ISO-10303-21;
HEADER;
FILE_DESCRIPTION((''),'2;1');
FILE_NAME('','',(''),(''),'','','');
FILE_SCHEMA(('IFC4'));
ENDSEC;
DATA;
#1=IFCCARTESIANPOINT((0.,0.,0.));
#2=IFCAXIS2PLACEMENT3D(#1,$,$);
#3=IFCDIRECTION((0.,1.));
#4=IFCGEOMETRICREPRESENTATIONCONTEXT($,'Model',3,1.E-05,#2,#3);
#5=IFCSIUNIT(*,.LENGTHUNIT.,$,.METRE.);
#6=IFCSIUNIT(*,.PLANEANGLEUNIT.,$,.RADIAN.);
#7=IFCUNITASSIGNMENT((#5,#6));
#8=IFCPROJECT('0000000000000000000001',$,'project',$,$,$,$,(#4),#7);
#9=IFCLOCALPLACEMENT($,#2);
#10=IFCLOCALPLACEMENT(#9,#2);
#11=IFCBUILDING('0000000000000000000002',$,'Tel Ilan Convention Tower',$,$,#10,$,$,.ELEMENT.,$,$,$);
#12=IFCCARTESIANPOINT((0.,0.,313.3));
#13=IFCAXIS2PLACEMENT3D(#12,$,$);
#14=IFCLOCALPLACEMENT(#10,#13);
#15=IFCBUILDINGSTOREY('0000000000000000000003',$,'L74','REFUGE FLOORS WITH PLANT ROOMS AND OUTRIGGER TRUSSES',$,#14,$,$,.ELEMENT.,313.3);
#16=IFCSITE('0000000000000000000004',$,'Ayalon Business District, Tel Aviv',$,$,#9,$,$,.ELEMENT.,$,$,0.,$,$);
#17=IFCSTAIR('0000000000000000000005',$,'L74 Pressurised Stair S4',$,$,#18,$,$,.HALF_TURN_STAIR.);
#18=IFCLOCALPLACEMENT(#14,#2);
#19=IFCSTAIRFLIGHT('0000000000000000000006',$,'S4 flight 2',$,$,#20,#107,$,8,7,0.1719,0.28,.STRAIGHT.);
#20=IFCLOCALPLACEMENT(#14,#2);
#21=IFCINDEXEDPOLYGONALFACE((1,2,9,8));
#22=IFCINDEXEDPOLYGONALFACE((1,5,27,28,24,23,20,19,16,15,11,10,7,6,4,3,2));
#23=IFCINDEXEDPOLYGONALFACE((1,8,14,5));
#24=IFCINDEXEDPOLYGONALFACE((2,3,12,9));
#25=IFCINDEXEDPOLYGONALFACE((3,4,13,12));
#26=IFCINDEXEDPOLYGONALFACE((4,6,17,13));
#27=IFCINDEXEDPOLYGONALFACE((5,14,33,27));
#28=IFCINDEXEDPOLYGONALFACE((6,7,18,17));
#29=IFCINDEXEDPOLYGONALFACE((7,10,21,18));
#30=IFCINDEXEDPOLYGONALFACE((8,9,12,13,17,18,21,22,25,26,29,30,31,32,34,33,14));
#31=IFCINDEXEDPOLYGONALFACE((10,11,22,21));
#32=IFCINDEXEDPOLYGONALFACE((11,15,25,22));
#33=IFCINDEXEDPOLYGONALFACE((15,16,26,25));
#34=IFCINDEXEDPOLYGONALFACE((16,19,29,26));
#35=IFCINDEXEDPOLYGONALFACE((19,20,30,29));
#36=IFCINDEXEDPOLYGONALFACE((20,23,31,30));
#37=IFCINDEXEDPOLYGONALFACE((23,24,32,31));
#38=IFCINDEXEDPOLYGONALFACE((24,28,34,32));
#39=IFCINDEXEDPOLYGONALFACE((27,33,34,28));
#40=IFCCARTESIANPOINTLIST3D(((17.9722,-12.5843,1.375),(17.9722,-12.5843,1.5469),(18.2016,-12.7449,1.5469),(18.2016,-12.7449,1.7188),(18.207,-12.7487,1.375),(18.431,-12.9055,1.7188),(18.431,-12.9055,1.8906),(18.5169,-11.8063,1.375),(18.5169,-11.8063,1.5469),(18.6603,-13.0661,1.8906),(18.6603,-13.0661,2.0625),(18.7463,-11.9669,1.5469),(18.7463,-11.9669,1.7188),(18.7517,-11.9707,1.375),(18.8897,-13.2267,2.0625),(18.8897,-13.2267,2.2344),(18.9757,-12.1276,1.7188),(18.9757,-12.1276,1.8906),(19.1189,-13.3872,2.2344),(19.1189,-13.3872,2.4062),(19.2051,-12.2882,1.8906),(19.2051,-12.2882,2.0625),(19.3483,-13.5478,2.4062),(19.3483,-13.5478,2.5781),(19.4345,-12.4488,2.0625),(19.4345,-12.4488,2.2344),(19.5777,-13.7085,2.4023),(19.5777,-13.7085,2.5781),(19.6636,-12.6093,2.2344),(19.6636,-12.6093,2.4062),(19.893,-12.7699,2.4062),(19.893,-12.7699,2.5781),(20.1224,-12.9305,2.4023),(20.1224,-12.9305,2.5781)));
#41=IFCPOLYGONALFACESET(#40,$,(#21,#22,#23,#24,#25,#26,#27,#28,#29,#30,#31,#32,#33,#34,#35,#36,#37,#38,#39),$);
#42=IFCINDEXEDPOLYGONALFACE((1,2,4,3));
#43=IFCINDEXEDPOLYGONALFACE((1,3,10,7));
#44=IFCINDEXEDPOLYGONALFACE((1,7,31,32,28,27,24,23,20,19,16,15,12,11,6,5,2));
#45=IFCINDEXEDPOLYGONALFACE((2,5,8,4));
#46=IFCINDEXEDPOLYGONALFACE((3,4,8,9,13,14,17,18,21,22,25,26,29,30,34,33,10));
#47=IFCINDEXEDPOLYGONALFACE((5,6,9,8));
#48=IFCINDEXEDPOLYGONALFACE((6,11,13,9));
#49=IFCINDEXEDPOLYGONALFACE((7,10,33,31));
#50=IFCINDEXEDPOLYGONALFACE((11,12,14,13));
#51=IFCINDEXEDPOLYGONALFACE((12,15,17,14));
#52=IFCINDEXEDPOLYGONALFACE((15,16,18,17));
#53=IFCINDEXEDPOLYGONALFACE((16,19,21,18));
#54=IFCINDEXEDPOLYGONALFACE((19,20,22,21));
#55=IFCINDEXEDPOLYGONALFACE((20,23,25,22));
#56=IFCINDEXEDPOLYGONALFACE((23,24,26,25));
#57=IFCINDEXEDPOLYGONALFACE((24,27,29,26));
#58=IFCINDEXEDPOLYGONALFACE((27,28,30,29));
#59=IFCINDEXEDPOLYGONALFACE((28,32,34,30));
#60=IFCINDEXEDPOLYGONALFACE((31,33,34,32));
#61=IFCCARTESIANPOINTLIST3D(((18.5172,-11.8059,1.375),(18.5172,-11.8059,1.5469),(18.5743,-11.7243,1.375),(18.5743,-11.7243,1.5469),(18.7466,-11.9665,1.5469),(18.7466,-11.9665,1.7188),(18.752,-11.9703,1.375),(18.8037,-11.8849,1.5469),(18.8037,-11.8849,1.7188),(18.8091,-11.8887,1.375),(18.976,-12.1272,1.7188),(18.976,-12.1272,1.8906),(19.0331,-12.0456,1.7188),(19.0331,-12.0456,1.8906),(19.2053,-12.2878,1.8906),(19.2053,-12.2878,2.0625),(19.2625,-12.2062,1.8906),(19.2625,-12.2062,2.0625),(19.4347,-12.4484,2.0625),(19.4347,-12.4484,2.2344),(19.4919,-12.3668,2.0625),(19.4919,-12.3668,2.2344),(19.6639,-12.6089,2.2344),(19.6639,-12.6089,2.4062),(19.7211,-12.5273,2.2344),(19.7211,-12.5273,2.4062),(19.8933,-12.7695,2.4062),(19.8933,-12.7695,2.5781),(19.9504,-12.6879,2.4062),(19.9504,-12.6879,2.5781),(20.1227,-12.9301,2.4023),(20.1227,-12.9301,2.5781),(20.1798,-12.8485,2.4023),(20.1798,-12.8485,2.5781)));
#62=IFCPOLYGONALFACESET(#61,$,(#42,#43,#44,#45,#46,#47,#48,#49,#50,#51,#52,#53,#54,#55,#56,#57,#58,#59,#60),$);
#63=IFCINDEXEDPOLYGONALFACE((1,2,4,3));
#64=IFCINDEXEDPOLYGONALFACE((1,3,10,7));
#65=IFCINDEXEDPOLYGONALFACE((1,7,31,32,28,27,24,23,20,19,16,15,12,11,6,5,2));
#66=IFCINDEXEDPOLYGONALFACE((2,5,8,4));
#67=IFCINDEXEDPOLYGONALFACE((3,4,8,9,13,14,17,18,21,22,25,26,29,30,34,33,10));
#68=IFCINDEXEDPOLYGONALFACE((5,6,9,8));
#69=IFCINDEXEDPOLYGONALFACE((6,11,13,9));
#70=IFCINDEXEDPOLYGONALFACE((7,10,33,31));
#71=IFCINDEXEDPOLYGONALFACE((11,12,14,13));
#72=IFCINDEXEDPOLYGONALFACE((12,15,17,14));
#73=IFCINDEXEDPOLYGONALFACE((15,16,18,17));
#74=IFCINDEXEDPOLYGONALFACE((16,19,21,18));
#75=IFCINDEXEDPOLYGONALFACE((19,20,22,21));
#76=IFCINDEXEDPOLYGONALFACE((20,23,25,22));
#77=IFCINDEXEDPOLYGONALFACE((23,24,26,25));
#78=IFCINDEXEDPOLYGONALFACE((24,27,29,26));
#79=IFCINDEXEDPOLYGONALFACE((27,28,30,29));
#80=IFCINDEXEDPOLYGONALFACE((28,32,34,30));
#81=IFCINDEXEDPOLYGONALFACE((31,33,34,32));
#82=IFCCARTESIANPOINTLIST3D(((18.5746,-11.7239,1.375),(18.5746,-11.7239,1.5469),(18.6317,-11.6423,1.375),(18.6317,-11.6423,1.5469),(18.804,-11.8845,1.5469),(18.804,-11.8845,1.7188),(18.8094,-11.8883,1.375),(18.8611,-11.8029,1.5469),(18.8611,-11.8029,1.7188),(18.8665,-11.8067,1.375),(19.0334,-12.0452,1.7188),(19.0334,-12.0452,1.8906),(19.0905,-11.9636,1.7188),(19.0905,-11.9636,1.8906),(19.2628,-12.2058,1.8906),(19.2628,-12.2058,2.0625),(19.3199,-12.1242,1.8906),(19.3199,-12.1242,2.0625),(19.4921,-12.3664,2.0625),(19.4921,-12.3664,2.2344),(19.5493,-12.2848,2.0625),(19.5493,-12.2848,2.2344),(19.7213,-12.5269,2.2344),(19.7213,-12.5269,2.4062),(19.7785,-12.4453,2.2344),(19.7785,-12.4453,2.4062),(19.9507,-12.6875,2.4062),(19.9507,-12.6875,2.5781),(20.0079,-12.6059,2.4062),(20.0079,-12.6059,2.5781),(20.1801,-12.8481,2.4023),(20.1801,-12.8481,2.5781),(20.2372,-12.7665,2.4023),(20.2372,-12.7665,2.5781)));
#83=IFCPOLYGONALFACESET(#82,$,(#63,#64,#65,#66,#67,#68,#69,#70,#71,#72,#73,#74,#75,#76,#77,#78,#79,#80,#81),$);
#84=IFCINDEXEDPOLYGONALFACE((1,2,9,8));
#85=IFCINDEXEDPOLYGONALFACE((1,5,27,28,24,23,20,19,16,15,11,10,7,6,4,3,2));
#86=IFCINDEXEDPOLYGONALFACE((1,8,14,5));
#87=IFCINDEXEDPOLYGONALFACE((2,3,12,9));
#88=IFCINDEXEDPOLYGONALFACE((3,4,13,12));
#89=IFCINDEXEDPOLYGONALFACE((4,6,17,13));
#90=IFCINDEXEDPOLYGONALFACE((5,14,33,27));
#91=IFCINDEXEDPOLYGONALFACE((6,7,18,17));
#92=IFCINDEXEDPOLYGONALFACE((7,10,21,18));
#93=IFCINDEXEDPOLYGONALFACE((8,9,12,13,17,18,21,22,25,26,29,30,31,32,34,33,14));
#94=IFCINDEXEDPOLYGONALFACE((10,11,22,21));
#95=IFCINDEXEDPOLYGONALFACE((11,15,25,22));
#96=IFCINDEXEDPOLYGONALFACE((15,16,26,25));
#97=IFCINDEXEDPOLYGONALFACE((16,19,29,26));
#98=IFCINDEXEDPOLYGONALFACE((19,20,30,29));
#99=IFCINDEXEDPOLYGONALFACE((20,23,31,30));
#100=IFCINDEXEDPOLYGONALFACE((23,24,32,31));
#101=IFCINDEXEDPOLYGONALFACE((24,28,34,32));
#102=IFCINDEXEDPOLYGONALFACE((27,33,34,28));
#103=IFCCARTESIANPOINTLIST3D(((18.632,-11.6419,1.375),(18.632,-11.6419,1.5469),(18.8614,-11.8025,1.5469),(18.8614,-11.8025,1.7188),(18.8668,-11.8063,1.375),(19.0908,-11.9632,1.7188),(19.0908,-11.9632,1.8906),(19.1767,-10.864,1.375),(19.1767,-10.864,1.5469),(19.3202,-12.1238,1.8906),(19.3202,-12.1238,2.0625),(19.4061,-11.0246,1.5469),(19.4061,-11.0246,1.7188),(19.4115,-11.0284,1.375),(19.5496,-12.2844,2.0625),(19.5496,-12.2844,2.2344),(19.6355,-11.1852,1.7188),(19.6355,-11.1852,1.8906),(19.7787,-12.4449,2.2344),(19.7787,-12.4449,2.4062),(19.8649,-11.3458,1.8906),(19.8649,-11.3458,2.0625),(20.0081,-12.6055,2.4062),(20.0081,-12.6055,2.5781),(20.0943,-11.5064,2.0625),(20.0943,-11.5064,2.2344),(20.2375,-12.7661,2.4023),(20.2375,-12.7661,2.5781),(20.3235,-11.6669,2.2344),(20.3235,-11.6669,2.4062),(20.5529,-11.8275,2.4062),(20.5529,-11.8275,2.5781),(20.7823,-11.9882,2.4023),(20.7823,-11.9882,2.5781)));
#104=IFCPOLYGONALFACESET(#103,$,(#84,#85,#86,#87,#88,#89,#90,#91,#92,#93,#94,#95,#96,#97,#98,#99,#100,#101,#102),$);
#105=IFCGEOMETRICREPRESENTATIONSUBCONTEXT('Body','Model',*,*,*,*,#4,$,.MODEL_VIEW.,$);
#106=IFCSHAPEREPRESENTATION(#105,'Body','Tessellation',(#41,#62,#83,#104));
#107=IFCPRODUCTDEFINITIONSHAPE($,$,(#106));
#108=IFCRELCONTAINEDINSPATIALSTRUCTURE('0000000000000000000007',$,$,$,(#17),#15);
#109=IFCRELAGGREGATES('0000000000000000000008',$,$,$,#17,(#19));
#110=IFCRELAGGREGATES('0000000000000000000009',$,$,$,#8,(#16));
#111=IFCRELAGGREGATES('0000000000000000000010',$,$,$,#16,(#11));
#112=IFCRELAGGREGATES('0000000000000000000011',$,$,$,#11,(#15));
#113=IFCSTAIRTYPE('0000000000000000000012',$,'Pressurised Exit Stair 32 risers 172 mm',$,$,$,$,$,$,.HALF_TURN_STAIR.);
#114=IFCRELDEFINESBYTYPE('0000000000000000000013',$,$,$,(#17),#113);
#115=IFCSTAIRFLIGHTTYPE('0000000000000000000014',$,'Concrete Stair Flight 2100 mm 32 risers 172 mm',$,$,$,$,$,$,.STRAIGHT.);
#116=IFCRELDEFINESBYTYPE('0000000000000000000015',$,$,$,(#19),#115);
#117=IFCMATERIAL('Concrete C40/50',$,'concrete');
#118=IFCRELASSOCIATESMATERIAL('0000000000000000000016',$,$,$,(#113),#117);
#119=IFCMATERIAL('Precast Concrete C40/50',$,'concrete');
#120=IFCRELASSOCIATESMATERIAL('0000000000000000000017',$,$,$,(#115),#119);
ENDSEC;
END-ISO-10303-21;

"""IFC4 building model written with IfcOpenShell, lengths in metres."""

from ifc_helpers import new_model, si_unit, direction, frame, origin, place, context, subcontext, project, spatial, polyline, outline, extrude, material, type_object, element, aggregate, save


model = new_model("IFC4")

# Units and contexts
model_context = context("Model", 3, precision=1e-05, world=origin(), true_north=direction((0.0, 1.0)))
body_context = subcontext(model_context, "Body", "Model", "MODEL_VIEW")
ifc_project = project(units=[si_unit("LENGTHUNIT", "METRE"), si_unit("PLANEANGLEUNIT", "RADIAN")], contexts=[model_context])

# Site, building, storey
site_placement = place(None, origin())
site = spatial("IfcSite", under=ifc_project, at=site_placement, Name="Ayalon Business District, Tel Aviv", CompositionType="ELEMENT", RefElevation=0.0)
building_placement = place(site_placement, origin())
building = spatial("IfcBuilding", under=site, at=building_placement, Name="Tel Ilan Convention Tower", CompositionType="ELEMENT")
storey_placement = place(building_placement, frame((0.0, 0.0, 313.3)))
storey = spatial("IfcBuildingStorey", under=building, at=storey_placement, Name="L74", Description="REFUGE FLOORS WITH PLANT ROOMS AND OUTRIGGER TRUSSES", CompositionType="ELEMENT", Elevation=313.3)

# Stair, stair flight
ifc_material_1 = material(Name="Concrete C40/50", Category="concrete")
stair_type = type_object("IfcStairType", Name="Pressurised Exit Stair 32 risers 172 mm", PredefinedType="HALF_TURN_STAIR", material=ifc_material_1)
stair_placement = place(storey_placement, origin())
stair = element("IfcStair", 1, at=stair_placement, inside=storey, type_object=stair_type, Name="L74 Pressurised Stair S4", PredefinedType="HALF_TURN_STAIR")
ifc_material_2 = material(Name="Precast Concrete C40/50", Category="concrete")
stair_flight_type = type_object("IfcStairFlightType", Name="Concrete Stair Flight 2100 mm 32 risers 172 mm", PredefinedType="STRAIGHT", material=ifc_material_2)
stair_flight_1_placement = place(storey_placement, frame((18.5745, -11.7241, 1.375), z_axis=(0.0, 0.0, 1.0), x_axis=(0.819152, -0.573576, 0.0)))
stair_flight_1 = element("IfcStairFlight", 2, at=stair_flight_1_placement, type_object=stair_flight_type, Name="S4 flight 2", NumberOfRisers=8, NumberOfTreads=7, PredefinedType="STRAIGHT", RiserHeight=0.1719, TreadLength=0.28, context=body_context, shape_type="SweptSolid", body=[
    extrude(outline(polyline([(0.0, 0.0), (0.0, 0.1719), (0.28, 0.1719), (0.28, 0.3438), (0.5601, 0.3438), (0.5601, 0.5156), (0.8401, 0.5156), (0.8401, 0.6875), (1.1201, 0.6875), (1.1201, 0.8594), (1.3999, 0.8594), (1.3999, 1.0312), (1.6799, 1.0312), (1.6799, 1.2031), (1.96, 1.2031), (1.96, 1.375), (1.96, 1.0273), (0.2866, 0.0), (0.0, 0.0)])), frame((0.0, -0.1003, 0.0), z_axis=(0.0, -1.0, 0.0), x_axis=(1.0, 0.0, 0.0)), (0.0, 0.0, 1.0), 0.9497),
    extrude(outline(polyline([(0.0, 0.0), (0.0, 0.1719), (0.28, 0.1719), (0.28, 0.3438), (0.5601, 0.3438), (0.5601, 0.5156), (0.8401, 0.5156), (0.8401, 0.6875), (1.1201, 0.6875), (1.1201, 0.8594), (1.3999, 0.8594), (1.3999, 1.0312), (1.6799, 1.0312), (1.6799, 1.2031), (1.96, 1.2031), (1.96, 1.375), (1.96, 1.0273), (0.2866, 0.0), (0.0, 0.0)])), frame((0.0, -0.0002, 0.0), z_axis=(0.0, -1.0, 0.0), x_axis=(1.0, 0.0, 0.0)), (0.0, 0.0, 1.0), 0.0996),
    extrude(outline(polyline([(0.0, 0.0), (0.0, 0.1719), (0.28, 0.1719), (0.28, 0.3438), (0.5601, 0.3438), (0.5601, 0.5156), (0.8401, 0.5156), (0.8401, 0.6875), (1.1201, 0.6875), (1.1201, 0.8594), (1.3999, 0.8594), (1.3999, 1.0312), (1.6799, 1.0312), (1.6799, 1.2031), (1.96, 1.2031), (1.96, 1.375), (1.96, 1.0273), (0.2866, 0.0), (0.0, 0.0)])), frame((0.0, 0.0999, 0.0), z_axis=(0.0, -1.0, 0.0), x_axis=(1.0, 0.0, 0.0)), (0.0, 0.0, 1.0), 0.0996),
    extrude(outline(polyline([(0.0, 0.0), (0.0, 0.1719), (0.28, 0.1719), (0.28, 0.3438), (0.5601, 0.3438), (0.5601, 0.5156), (0.8401, 0.5156), (0.8401, 0.6875), (1.1201, 0.6875), (1.1201, 0.8594), (1.3999, 0.8594), (1.3999, 1.0312), (1.6799, 1.0312), (1.6799, 1.2031), (1.96, 1.2031), (1.96, 1.375), (1.96, 1.0273), (0.2866, 0.0), (0.0, 0.0)])), frame((0.0, 1.05, 0.0), z_axis=(0.0, -1.0, 0.0), x_axis=(1.0, 0.0, 0.0)), (0.0, 0.0, 1.0), 0.9497),
])
aggregate(stair, [stair_flight_1])

save(model, "model.ifc")
